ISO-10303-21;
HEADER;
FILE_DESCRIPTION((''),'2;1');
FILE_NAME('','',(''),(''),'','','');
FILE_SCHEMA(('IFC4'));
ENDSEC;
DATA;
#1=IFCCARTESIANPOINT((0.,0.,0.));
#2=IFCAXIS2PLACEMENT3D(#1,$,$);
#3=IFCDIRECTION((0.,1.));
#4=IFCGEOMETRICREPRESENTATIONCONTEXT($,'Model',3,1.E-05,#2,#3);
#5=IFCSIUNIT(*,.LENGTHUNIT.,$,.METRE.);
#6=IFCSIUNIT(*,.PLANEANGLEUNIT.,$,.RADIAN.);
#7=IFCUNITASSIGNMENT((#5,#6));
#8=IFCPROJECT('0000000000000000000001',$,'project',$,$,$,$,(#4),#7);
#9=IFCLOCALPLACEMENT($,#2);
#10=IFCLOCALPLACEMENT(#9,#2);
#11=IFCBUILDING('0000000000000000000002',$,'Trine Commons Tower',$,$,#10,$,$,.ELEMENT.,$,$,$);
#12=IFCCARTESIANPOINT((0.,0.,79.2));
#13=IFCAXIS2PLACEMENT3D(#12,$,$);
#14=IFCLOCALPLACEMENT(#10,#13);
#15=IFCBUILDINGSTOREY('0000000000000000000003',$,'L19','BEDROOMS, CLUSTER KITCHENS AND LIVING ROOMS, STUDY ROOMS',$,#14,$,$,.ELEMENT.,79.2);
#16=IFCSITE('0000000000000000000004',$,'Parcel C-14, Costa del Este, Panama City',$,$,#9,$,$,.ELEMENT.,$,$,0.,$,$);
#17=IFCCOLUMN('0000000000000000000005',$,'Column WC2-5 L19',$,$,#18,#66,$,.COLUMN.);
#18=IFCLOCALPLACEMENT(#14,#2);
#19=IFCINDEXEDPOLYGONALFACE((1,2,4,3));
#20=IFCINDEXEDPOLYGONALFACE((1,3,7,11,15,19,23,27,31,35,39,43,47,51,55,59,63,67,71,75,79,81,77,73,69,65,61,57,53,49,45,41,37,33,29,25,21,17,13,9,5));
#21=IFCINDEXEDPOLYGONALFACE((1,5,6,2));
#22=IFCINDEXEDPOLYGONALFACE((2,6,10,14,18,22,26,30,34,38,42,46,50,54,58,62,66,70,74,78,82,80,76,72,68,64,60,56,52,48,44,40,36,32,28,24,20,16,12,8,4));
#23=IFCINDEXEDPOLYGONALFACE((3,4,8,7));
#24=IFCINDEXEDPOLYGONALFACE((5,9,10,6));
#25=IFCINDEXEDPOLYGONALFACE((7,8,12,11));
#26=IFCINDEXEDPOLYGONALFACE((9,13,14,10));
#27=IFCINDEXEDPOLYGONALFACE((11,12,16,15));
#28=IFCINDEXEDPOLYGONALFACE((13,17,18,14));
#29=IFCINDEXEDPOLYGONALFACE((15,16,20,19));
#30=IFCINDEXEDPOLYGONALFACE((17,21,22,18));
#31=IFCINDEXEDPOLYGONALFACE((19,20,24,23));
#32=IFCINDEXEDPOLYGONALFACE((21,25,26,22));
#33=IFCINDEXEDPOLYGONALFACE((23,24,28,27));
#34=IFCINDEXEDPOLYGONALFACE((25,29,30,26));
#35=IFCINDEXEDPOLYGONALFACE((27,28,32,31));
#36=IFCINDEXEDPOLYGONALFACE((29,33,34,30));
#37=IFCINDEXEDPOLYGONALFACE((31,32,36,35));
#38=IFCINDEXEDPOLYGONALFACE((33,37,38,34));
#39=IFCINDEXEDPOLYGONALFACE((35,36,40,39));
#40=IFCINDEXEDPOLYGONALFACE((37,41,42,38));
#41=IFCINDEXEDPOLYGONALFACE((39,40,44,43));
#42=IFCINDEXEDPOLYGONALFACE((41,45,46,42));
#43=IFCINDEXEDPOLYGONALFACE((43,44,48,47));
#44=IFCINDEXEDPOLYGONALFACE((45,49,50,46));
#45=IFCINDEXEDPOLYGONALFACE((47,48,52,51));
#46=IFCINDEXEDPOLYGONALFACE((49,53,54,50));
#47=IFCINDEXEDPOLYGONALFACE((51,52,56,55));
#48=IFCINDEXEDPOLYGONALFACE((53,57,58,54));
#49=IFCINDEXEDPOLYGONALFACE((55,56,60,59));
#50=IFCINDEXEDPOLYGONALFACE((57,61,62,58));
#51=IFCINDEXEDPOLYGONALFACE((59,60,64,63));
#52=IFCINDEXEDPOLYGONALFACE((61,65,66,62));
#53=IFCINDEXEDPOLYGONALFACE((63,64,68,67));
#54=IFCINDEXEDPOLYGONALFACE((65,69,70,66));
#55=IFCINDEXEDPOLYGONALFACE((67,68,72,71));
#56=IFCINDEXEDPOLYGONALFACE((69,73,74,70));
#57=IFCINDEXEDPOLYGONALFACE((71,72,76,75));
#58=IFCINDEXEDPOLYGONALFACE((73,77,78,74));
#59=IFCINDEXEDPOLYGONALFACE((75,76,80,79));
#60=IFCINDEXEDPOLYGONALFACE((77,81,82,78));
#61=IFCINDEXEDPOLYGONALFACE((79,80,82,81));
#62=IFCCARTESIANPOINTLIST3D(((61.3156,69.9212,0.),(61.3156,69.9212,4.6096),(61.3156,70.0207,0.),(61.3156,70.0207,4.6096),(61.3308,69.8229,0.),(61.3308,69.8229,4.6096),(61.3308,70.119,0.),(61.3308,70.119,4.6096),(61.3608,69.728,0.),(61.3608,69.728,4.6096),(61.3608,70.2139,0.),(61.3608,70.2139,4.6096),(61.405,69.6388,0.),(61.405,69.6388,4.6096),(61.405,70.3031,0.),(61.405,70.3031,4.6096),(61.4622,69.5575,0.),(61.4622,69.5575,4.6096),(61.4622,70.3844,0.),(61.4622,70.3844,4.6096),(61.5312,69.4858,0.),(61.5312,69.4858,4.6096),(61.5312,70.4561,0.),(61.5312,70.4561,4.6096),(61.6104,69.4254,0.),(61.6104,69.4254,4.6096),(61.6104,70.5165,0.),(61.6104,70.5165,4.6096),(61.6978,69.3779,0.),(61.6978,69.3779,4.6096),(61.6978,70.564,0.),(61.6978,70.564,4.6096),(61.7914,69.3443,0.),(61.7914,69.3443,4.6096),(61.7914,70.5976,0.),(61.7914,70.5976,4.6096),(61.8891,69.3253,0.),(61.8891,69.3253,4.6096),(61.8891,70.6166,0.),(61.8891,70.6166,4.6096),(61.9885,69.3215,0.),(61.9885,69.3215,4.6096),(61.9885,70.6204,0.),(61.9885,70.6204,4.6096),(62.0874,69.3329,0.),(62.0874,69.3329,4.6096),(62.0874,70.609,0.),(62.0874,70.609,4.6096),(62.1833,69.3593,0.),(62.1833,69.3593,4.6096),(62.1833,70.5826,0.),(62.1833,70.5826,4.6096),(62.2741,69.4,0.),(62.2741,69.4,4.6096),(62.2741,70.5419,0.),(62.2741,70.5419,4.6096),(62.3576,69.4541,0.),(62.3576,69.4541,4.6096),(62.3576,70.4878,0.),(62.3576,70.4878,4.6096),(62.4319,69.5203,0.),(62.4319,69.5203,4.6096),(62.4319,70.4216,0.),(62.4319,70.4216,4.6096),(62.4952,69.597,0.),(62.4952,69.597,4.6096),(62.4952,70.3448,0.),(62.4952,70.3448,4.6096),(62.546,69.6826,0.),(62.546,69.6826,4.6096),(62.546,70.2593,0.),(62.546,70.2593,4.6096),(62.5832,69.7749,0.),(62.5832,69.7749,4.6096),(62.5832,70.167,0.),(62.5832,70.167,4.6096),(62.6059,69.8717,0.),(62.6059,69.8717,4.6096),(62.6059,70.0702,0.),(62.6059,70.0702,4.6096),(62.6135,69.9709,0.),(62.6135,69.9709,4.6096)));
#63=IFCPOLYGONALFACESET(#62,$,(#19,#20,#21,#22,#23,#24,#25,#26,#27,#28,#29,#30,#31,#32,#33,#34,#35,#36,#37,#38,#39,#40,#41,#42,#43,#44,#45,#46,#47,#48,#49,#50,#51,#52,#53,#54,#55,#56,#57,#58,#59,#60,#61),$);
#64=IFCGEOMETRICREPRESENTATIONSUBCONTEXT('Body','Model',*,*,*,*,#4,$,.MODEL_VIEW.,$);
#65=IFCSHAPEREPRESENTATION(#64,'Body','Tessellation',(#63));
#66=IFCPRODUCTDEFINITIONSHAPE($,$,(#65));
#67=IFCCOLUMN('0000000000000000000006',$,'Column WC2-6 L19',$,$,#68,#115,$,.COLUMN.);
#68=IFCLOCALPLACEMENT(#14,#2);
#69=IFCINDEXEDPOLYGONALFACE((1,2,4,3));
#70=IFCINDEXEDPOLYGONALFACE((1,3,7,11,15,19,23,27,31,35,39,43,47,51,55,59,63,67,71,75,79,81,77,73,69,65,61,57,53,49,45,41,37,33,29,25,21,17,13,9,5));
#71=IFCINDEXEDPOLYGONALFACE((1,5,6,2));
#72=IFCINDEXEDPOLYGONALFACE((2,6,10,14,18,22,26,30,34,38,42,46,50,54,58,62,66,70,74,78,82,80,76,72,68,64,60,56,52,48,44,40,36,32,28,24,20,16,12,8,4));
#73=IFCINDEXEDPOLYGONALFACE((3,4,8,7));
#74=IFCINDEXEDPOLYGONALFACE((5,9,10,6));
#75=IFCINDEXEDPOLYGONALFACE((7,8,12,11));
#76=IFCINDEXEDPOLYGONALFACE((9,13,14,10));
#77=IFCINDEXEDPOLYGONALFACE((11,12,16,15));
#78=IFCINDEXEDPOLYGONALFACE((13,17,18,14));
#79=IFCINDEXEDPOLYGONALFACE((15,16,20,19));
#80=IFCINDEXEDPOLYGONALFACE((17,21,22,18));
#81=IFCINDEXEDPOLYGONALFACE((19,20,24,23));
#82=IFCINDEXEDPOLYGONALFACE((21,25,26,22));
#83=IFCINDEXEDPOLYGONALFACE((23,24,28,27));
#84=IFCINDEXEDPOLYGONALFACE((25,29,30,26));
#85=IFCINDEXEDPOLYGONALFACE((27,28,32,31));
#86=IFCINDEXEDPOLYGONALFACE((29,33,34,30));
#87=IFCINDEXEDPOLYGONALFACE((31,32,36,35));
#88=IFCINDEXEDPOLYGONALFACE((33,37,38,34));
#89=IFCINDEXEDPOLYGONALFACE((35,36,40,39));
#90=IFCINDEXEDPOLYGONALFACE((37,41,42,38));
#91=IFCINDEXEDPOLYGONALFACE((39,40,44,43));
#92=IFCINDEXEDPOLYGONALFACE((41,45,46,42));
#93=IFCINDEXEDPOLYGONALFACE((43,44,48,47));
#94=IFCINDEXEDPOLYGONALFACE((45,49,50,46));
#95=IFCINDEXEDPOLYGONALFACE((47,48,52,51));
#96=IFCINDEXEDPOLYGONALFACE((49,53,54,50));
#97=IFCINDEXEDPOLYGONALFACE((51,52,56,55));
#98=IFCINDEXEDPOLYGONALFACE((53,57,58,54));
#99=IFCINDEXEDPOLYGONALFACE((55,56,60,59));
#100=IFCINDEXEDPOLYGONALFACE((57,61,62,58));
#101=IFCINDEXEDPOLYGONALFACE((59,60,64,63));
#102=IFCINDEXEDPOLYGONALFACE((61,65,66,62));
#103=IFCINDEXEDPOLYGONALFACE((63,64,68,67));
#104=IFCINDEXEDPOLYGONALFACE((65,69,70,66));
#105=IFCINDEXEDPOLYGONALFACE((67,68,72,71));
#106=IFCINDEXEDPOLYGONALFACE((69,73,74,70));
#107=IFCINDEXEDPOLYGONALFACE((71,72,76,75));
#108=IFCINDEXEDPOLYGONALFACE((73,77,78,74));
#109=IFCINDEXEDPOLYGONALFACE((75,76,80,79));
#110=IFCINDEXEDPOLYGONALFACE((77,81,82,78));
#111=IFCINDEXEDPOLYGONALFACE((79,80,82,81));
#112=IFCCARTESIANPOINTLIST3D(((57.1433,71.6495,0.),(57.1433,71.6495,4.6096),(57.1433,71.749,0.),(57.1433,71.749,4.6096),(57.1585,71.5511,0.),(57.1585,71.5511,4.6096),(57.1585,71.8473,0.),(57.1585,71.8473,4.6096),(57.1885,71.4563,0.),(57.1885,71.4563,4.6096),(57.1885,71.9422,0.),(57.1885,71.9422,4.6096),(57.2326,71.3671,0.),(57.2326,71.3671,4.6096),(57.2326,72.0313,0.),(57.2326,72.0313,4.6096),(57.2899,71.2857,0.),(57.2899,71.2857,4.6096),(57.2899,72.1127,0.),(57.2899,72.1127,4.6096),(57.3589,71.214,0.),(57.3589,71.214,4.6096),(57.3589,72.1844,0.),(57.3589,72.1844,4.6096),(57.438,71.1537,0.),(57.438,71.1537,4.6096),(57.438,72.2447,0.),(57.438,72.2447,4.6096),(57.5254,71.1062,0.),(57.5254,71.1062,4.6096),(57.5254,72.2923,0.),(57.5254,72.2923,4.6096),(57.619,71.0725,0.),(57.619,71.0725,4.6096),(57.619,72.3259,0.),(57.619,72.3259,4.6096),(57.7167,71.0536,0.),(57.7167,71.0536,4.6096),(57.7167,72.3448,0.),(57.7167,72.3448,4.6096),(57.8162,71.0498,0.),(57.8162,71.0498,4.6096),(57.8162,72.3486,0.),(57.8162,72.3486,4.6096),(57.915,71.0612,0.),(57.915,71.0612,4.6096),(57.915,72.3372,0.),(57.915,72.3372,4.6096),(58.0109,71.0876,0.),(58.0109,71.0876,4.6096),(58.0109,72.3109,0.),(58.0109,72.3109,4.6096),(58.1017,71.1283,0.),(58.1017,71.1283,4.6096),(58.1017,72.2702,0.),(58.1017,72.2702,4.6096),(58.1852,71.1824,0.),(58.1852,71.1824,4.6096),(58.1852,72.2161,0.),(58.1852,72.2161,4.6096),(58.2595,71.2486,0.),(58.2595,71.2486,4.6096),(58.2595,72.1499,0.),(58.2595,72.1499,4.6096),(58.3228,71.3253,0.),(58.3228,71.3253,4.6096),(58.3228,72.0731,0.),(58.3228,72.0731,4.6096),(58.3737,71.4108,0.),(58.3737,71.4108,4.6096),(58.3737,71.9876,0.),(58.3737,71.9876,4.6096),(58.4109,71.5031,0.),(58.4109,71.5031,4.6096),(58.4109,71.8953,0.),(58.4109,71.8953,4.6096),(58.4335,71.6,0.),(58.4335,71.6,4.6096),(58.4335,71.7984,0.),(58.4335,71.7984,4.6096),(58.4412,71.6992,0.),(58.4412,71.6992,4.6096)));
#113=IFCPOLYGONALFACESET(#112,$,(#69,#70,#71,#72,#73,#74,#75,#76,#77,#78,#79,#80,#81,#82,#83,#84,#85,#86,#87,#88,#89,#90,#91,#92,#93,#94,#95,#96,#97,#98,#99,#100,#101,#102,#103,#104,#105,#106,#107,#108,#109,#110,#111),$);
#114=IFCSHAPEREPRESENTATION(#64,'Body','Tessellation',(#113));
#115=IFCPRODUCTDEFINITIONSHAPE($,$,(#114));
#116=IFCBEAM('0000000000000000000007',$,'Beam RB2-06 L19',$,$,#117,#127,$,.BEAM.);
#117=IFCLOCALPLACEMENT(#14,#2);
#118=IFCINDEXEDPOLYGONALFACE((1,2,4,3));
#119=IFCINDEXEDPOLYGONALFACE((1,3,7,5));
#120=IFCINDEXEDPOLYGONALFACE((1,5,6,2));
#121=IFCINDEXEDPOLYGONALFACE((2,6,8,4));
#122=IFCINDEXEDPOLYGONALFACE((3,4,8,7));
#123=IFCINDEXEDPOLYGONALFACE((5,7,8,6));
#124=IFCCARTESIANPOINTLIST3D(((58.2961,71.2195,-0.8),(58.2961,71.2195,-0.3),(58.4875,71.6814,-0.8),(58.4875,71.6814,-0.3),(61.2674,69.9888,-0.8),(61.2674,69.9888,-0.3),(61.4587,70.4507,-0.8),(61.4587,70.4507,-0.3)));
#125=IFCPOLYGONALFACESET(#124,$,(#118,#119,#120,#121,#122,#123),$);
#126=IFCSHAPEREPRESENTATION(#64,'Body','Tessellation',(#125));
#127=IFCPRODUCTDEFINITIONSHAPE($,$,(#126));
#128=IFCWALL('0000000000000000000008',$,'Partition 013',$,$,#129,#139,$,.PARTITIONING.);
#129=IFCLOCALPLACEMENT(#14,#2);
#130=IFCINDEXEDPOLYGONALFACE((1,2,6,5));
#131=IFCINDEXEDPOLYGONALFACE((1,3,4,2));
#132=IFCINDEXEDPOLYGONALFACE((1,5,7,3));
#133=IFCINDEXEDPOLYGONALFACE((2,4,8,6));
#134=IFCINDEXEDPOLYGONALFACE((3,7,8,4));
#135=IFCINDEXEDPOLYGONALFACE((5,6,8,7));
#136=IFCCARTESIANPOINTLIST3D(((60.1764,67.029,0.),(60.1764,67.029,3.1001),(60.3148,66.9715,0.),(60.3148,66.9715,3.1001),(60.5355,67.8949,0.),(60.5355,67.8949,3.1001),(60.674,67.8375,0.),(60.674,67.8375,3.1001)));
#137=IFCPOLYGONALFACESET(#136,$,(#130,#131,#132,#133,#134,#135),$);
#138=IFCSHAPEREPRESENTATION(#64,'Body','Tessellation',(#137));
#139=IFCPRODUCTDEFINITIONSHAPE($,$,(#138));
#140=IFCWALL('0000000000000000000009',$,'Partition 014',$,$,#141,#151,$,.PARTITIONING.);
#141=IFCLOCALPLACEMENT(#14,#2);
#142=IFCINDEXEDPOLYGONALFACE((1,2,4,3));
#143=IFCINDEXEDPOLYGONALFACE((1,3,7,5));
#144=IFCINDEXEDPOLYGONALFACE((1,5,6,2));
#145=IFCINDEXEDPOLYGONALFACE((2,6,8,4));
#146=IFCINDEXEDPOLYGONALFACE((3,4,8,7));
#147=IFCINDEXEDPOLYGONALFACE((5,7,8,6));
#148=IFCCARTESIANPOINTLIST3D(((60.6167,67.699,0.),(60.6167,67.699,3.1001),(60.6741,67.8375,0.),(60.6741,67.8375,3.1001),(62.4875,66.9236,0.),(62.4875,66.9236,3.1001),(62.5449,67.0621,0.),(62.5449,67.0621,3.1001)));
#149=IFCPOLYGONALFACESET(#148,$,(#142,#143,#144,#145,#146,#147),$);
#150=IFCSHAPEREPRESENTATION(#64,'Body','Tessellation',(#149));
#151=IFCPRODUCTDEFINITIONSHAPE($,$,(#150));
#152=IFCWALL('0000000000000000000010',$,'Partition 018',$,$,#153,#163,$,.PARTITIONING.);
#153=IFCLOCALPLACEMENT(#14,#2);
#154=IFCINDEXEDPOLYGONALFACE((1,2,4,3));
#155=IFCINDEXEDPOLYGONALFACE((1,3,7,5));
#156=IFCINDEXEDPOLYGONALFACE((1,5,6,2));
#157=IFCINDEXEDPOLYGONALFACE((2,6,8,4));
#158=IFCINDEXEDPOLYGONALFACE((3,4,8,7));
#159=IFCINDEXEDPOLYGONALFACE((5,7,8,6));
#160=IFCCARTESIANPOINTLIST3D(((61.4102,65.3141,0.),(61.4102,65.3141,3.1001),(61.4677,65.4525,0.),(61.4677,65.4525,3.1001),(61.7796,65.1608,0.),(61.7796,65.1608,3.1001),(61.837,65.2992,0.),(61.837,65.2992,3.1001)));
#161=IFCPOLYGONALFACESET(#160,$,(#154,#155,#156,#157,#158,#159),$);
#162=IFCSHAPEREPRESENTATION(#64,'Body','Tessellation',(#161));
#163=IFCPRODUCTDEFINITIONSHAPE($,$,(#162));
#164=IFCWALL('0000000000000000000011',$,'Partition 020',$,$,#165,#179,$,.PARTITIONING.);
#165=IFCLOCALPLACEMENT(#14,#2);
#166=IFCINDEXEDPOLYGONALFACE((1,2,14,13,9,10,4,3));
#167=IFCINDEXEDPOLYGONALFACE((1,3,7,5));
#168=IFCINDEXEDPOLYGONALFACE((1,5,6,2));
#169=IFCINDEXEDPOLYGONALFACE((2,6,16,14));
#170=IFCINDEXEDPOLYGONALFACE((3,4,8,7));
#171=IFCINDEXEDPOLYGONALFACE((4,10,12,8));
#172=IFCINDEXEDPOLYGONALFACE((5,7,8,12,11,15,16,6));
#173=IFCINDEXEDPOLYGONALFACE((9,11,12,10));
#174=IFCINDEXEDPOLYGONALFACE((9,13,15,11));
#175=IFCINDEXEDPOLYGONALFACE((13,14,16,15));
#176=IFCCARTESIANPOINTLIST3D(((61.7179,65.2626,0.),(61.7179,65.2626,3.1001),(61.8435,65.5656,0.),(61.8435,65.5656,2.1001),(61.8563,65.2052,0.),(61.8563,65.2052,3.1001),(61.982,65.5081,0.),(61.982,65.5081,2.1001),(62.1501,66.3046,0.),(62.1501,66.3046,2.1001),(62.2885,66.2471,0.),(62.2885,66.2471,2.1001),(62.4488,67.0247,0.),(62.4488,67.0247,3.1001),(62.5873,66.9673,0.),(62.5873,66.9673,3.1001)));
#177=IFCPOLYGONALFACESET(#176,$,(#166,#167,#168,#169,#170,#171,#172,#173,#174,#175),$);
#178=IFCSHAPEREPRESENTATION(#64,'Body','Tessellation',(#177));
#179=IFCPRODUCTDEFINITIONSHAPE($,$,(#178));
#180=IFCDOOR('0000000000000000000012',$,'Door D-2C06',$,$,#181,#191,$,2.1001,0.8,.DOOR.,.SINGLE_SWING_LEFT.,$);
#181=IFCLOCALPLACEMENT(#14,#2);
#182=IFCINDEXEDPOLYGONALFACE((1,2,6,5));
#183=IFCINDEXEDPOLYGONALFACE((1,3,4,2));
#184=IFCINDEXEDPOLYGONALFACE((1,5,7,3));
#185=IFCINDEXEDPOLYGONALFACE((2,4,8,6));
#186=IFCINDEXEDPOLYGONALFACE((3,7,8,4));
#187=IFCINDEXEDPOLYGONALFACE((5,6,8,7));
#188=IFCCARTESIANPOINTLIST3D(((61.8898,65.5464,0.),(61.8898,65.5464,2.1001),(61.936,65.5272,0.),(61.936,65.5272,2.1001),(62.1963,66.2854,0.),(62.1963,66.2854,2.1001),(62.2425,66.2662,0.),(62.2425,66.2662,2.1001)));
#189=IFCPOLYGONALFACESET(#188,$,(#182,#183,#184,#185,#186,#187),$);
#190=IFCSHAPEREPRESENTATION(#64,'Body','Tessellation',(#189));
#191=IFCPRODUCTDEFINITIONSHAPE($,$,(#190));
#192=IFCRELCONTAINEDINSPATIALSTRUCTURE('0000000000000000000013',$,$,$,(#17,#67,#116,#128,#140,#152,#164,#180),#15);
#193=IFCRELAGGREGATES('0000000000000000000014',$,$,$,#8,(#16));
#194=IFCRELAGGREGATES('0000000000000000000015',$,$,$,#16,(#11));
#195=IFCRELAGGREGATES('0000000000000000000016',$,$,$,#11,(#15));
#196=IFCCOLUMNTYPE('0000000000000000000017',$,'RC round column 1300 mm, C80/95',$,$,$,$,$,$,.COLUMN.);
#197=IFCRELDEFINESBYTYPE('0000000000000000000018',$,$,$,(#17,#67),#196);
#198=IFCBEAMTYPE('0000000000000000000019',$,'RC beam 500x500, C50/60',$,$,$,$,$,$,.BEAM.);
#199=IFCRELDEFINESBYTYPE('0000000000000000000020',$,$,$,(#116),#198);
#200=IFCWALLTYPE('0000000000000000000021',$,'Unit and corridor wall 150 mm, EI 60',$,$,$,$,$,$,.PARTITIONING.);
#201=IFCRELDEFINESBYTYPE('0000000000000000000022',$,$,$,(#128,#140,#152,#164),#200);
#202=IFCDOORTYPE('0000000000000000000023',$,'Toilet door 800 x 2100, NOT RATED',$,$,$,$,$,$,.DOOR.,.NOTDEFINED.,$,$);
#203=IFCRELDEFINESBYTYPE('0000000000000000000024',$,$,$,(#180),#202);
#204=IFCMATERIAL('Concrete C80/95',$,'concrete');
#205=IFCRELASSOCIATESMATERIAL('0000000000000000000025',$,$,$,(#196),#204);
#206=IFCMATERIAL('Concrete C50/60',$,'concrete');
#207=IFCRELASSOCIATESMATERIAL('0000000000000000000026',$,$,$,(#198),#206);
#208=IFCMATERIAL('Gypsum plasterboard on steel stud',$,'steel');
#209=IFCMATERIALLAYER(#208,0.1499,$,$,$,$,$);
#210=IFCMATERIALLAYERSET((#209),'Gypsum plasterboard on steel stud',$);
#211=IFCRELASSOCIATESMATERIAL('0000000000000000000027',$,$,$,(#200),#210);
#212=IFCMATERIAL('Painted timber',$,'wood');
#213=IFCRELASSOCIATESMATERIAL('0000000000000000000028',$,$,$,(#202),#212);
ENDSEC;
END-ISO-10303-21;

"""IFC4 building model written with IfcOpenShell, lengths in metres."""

from ifc_helpers import new_model, si_unit, direction, frame, frame_2d, origin, origin_2d, place, context, subcontext, project, spatial, rectangle, circle, extrude, material, layer, layer_set, material_profile, profile_set, type_object, element, fill, save


model = new_model("IFC4")

# Units and contexts
model_context = context("Model", 3, precision=1e-05, world=origin(), true_north=direction((0.0, 1.0)))
body_context = subcontext(model_context, "Body", "Model", "MODEL_VIEW")
ifc_project = project(units=[si_unit("LENGTHUNIT", "METRE"), si_unit("PLANEANGLEUNIT", "RADIAN")], contexts=[model_context])

# Site, building, storey
site_placement = place(None, origin())
site = spatial("IfcSite", under=ifc_project, at=site_placement, Name="Parcel C-14, Costa del Este, Panama City", CompositionType="ELEMENT", RefElevation=0.0)
building_placement = place(site_placement, origin())
building = spatial("IfcBuilding", under=site, at=building_placement, Name="Trine Commons Tower", CompositionType="ELEMENT")
storey_placement = place(building_placement, frame((0.0, 0.0, 79.2)))
storey = spatial("IfcBuildingStorey", under=building, at=storey_placement, Name="L19", Description="BEDROOMS, CLUSTER KITCHENS AND LIVING ROOMS, STUDY ROOMS", CompositionType="ELEMENT", Elevation=79.2)

# Columns
ifc_material_1 = material(Name="Concrete C80/95", Category="concrete")
ifc_material_profile_1 = material_profile(ifc_material_1, circle(Radius=0.6499, at=origin_2d()), Name="RC round 1300")
ifc_profile_set_1 = profile_set([ifc_material_profile_1], Name="Concrete C80/95")
column_type = type_object("IfcColumnType", Name="RC round column 1300 mm, C80/95", PredefinedType="COLUMN", material=ifc_profile_set_1)
for number, where, z_axis, x_axis, name in (
    (1, (61.9636, 69.9709, 0.0), (0.0, 0.0, 1.0), (1.0, 0.0, 0.0), "Column WC2-5 L19"),
    (2, (57.7913, 71.6992, 0.0), (0.0, 0.0, 1.0), (1.0, 0.0, 0.0), "Column WC2-6 L19"),
):
    element("IfcColumn", number, at=place(storey_placement, frame(where, z_axis=z_axis, x_axis=x_axis)), inside=storey, type_object=column_type, Name=name, PredefinedType="COLUMN", context=body_context, shape_type="SweptSolid", body=[
        extrude(circle(Radius=0.6499, at=origin_2d()), origin(), (0.0, 0.0, 1.0), 4.6096),
    ])

# Beam
ifc_material_2 = material(Name="Concrete C50/60", Category="concrete")
ifc_material_profile_2 = material_profile(ifc_material_2, rectangle(XDim=0.5, YDim=0.5, at=origin_2d()), Name="RC 500x500")
ifc_profile_set_2 = profile_set([ifc_material_profile_2], Name="Concrete C50/60")
beam_type = type_object("IfcBeamType", Name="RC beam 500x500, C50/60", PredefinedType="BEAM", material=ifc_profile_set_2)
beam_placement = place(storey_placement, frame((61.363, 70.2197, -0.55), z_axis=(-0.923879, 0.382685, 0.0), x_axis=(-0.382685, -0.923879, 0.0)))
element("IfcBeam", 3, at=beam_placement, inside=storey, type_object=beam_type, Name="Beam RB2-06 L19", PredefinedType="BEAM", context=body_context, shape_type="SweptSolid", body=[
    extrude(rectangle(XDim=0.5, YDim=0.5, at=origin_2d()), origin(), (0.0, 0.0, 1.0), 3.2161),
])

# Walls
ifc_material_3 = material(Name="Gypsum plasterboard on steel stud", Category="steel")
ifc_layer_1 = layer(ifc_material_3, 0.1499)
ifc_layer_set_1 = layer_set([ifc_layer_1], Name="Gypsum plasterboard on steel stud")
wall_type_1 = type_object("IfcWallType", Name="Unit and corridor wall 150 mm, EI 60", PredefinedType="PARTITIONING", material=ifc_layer_set_1)
wall_1_placement = place(storey_placement, frame((60.2456, 67.0002, 0.0), z_axis=(0.0, 0.0, 1.0), x_axis=(0.38308, 0.923715, 0.0)))
element("IfcWall", 4, at=wall_1_placement, inside=storey, type_object=wall_type_1, Name="Partition 013", PredefinedType="PARTITIONING", context=body_context, shape_type="SweptSolid", body=[
    extrude(rectangle(XDim=0.9375, YDim=0.1499, at=frame_2d((0.4688, 0.0))), origin(), (0.0, 0.0, 1.0), 3.1001),
])
wall_2_placement = place(storey_placement, frame((60.6453, 67.7683, 0.0), z_axis=(0.0, 0.0, 1.0), x_axis=(0.923799, -0.382877, 0.0)))
element("IfcWall", 5, at=wall_2_placement, inside=storey, type_object=wall_type_1, Name="Partition 014", PredefinedType="PARTITIONING", context=body_context, shape_type="SweptSolid", body=[
    extrude(rectangle(XDim=2.0251, YDim=0.1499, at=frame_2d((1.0127, 0.0))), origin(), (0.0, 0.0, 1.0), 3.1001),
])
wall_3_placement = place(storey_placement, frame((61.439, 65.3833, 0.0), z_axis=(0.0, 0.0, 1.0), x_axis=(0.9236, -0.383358, 0.0)))
element("IfcWall", 6, at=wall_3_placement, inside=storey, type_object=wall_type_1, Name="Partition 018", PredefinedType="PARTITIONING", context=body_context, shape_type="SweptSolid", body=[
    extrude(rectangle(XDim=0.3999, YDim=0.1499, at=frame_2d((0.2, 0.0))), origin(), (0.0, 0.0, 1.0), 3.1001),
])

# Wall, opening, door
wall_4_placement = place(storey_placement, frame((61.7871, 65.2339, 0.0), z_axis=(0.0, 0.0, 1.0), x_axis=(0.383143, 0.923689, 0.0)))
wall_4 = element("IfcWall", 7, at=wall_4_placement, inside=storey, type_object=wall_type_1, Name="Partition 020", PredefinedType="PARTITIONING", context=body_context, shape_type="SweptSolid", body=[
    extrude(rectangle(XDim=1.9077, YDim=0.1499, at=frame_2d((0.9539, 0.0))), origin(), (0.0, 0.0, 1.0), 3.1001),
])
opening_1_placement = place(wall_4_placement, frame((0.3281, 0.0, 0.0)))
opening_1 = element("IfcOpeningElement", 8, at=opening_1_placement, cuts=wall_4, PredefinedType="OPENING", context=body_context, shape_type="SweptSolid", body=[
    extrude(rectangle(XDim=0.8, YDim=2.1001, at=frame_2d((0.3999, 1.05))), frame((0.0, 0.085, 0.0), z_axis=(0.0, -1.0, 0.0), x_axis=(1.0, 0.0, 0.0)), (0.0, 0.0, 1.0), 0.1699),
])
ifc_material_4 = material(Name="Painted timber", Category="wood")
door_type_1 = type_object("IfcDoorType", Name="Toilet door 800 x 2100, NOT RATED", OperationType="NOTDEFINED", PredefinedType="DOOR", material=ifc_material_4)
door_1_placement = place(opening_1_placement, origin())
door_1 = element("IfcDoor", 9, at=door_1_placement, inside=storey, type_object=door_type_1, Name="Door D-2C06", OperationType="SINGLE_SWING_LEFT", OverallHeight=2.1001, OverallWidth=0.8, PredefinedType="DOOR", context=body_context, shape_type="SweptSolid", body=[
    extrude(rectangle(XDim=0.8, YDim=2.1001, at=frame_2d((0.3999, 1.05))), frame((0.0, 0.0249, 0.0), z_axis=(0.0, -1.0, 0.0), x_axis=(1.0, 0.0, 0.0)), (0.0, 0.0, 1.0), 0.05),
])
fill(opening_1, door_1)

save(model, "model.ifc")
